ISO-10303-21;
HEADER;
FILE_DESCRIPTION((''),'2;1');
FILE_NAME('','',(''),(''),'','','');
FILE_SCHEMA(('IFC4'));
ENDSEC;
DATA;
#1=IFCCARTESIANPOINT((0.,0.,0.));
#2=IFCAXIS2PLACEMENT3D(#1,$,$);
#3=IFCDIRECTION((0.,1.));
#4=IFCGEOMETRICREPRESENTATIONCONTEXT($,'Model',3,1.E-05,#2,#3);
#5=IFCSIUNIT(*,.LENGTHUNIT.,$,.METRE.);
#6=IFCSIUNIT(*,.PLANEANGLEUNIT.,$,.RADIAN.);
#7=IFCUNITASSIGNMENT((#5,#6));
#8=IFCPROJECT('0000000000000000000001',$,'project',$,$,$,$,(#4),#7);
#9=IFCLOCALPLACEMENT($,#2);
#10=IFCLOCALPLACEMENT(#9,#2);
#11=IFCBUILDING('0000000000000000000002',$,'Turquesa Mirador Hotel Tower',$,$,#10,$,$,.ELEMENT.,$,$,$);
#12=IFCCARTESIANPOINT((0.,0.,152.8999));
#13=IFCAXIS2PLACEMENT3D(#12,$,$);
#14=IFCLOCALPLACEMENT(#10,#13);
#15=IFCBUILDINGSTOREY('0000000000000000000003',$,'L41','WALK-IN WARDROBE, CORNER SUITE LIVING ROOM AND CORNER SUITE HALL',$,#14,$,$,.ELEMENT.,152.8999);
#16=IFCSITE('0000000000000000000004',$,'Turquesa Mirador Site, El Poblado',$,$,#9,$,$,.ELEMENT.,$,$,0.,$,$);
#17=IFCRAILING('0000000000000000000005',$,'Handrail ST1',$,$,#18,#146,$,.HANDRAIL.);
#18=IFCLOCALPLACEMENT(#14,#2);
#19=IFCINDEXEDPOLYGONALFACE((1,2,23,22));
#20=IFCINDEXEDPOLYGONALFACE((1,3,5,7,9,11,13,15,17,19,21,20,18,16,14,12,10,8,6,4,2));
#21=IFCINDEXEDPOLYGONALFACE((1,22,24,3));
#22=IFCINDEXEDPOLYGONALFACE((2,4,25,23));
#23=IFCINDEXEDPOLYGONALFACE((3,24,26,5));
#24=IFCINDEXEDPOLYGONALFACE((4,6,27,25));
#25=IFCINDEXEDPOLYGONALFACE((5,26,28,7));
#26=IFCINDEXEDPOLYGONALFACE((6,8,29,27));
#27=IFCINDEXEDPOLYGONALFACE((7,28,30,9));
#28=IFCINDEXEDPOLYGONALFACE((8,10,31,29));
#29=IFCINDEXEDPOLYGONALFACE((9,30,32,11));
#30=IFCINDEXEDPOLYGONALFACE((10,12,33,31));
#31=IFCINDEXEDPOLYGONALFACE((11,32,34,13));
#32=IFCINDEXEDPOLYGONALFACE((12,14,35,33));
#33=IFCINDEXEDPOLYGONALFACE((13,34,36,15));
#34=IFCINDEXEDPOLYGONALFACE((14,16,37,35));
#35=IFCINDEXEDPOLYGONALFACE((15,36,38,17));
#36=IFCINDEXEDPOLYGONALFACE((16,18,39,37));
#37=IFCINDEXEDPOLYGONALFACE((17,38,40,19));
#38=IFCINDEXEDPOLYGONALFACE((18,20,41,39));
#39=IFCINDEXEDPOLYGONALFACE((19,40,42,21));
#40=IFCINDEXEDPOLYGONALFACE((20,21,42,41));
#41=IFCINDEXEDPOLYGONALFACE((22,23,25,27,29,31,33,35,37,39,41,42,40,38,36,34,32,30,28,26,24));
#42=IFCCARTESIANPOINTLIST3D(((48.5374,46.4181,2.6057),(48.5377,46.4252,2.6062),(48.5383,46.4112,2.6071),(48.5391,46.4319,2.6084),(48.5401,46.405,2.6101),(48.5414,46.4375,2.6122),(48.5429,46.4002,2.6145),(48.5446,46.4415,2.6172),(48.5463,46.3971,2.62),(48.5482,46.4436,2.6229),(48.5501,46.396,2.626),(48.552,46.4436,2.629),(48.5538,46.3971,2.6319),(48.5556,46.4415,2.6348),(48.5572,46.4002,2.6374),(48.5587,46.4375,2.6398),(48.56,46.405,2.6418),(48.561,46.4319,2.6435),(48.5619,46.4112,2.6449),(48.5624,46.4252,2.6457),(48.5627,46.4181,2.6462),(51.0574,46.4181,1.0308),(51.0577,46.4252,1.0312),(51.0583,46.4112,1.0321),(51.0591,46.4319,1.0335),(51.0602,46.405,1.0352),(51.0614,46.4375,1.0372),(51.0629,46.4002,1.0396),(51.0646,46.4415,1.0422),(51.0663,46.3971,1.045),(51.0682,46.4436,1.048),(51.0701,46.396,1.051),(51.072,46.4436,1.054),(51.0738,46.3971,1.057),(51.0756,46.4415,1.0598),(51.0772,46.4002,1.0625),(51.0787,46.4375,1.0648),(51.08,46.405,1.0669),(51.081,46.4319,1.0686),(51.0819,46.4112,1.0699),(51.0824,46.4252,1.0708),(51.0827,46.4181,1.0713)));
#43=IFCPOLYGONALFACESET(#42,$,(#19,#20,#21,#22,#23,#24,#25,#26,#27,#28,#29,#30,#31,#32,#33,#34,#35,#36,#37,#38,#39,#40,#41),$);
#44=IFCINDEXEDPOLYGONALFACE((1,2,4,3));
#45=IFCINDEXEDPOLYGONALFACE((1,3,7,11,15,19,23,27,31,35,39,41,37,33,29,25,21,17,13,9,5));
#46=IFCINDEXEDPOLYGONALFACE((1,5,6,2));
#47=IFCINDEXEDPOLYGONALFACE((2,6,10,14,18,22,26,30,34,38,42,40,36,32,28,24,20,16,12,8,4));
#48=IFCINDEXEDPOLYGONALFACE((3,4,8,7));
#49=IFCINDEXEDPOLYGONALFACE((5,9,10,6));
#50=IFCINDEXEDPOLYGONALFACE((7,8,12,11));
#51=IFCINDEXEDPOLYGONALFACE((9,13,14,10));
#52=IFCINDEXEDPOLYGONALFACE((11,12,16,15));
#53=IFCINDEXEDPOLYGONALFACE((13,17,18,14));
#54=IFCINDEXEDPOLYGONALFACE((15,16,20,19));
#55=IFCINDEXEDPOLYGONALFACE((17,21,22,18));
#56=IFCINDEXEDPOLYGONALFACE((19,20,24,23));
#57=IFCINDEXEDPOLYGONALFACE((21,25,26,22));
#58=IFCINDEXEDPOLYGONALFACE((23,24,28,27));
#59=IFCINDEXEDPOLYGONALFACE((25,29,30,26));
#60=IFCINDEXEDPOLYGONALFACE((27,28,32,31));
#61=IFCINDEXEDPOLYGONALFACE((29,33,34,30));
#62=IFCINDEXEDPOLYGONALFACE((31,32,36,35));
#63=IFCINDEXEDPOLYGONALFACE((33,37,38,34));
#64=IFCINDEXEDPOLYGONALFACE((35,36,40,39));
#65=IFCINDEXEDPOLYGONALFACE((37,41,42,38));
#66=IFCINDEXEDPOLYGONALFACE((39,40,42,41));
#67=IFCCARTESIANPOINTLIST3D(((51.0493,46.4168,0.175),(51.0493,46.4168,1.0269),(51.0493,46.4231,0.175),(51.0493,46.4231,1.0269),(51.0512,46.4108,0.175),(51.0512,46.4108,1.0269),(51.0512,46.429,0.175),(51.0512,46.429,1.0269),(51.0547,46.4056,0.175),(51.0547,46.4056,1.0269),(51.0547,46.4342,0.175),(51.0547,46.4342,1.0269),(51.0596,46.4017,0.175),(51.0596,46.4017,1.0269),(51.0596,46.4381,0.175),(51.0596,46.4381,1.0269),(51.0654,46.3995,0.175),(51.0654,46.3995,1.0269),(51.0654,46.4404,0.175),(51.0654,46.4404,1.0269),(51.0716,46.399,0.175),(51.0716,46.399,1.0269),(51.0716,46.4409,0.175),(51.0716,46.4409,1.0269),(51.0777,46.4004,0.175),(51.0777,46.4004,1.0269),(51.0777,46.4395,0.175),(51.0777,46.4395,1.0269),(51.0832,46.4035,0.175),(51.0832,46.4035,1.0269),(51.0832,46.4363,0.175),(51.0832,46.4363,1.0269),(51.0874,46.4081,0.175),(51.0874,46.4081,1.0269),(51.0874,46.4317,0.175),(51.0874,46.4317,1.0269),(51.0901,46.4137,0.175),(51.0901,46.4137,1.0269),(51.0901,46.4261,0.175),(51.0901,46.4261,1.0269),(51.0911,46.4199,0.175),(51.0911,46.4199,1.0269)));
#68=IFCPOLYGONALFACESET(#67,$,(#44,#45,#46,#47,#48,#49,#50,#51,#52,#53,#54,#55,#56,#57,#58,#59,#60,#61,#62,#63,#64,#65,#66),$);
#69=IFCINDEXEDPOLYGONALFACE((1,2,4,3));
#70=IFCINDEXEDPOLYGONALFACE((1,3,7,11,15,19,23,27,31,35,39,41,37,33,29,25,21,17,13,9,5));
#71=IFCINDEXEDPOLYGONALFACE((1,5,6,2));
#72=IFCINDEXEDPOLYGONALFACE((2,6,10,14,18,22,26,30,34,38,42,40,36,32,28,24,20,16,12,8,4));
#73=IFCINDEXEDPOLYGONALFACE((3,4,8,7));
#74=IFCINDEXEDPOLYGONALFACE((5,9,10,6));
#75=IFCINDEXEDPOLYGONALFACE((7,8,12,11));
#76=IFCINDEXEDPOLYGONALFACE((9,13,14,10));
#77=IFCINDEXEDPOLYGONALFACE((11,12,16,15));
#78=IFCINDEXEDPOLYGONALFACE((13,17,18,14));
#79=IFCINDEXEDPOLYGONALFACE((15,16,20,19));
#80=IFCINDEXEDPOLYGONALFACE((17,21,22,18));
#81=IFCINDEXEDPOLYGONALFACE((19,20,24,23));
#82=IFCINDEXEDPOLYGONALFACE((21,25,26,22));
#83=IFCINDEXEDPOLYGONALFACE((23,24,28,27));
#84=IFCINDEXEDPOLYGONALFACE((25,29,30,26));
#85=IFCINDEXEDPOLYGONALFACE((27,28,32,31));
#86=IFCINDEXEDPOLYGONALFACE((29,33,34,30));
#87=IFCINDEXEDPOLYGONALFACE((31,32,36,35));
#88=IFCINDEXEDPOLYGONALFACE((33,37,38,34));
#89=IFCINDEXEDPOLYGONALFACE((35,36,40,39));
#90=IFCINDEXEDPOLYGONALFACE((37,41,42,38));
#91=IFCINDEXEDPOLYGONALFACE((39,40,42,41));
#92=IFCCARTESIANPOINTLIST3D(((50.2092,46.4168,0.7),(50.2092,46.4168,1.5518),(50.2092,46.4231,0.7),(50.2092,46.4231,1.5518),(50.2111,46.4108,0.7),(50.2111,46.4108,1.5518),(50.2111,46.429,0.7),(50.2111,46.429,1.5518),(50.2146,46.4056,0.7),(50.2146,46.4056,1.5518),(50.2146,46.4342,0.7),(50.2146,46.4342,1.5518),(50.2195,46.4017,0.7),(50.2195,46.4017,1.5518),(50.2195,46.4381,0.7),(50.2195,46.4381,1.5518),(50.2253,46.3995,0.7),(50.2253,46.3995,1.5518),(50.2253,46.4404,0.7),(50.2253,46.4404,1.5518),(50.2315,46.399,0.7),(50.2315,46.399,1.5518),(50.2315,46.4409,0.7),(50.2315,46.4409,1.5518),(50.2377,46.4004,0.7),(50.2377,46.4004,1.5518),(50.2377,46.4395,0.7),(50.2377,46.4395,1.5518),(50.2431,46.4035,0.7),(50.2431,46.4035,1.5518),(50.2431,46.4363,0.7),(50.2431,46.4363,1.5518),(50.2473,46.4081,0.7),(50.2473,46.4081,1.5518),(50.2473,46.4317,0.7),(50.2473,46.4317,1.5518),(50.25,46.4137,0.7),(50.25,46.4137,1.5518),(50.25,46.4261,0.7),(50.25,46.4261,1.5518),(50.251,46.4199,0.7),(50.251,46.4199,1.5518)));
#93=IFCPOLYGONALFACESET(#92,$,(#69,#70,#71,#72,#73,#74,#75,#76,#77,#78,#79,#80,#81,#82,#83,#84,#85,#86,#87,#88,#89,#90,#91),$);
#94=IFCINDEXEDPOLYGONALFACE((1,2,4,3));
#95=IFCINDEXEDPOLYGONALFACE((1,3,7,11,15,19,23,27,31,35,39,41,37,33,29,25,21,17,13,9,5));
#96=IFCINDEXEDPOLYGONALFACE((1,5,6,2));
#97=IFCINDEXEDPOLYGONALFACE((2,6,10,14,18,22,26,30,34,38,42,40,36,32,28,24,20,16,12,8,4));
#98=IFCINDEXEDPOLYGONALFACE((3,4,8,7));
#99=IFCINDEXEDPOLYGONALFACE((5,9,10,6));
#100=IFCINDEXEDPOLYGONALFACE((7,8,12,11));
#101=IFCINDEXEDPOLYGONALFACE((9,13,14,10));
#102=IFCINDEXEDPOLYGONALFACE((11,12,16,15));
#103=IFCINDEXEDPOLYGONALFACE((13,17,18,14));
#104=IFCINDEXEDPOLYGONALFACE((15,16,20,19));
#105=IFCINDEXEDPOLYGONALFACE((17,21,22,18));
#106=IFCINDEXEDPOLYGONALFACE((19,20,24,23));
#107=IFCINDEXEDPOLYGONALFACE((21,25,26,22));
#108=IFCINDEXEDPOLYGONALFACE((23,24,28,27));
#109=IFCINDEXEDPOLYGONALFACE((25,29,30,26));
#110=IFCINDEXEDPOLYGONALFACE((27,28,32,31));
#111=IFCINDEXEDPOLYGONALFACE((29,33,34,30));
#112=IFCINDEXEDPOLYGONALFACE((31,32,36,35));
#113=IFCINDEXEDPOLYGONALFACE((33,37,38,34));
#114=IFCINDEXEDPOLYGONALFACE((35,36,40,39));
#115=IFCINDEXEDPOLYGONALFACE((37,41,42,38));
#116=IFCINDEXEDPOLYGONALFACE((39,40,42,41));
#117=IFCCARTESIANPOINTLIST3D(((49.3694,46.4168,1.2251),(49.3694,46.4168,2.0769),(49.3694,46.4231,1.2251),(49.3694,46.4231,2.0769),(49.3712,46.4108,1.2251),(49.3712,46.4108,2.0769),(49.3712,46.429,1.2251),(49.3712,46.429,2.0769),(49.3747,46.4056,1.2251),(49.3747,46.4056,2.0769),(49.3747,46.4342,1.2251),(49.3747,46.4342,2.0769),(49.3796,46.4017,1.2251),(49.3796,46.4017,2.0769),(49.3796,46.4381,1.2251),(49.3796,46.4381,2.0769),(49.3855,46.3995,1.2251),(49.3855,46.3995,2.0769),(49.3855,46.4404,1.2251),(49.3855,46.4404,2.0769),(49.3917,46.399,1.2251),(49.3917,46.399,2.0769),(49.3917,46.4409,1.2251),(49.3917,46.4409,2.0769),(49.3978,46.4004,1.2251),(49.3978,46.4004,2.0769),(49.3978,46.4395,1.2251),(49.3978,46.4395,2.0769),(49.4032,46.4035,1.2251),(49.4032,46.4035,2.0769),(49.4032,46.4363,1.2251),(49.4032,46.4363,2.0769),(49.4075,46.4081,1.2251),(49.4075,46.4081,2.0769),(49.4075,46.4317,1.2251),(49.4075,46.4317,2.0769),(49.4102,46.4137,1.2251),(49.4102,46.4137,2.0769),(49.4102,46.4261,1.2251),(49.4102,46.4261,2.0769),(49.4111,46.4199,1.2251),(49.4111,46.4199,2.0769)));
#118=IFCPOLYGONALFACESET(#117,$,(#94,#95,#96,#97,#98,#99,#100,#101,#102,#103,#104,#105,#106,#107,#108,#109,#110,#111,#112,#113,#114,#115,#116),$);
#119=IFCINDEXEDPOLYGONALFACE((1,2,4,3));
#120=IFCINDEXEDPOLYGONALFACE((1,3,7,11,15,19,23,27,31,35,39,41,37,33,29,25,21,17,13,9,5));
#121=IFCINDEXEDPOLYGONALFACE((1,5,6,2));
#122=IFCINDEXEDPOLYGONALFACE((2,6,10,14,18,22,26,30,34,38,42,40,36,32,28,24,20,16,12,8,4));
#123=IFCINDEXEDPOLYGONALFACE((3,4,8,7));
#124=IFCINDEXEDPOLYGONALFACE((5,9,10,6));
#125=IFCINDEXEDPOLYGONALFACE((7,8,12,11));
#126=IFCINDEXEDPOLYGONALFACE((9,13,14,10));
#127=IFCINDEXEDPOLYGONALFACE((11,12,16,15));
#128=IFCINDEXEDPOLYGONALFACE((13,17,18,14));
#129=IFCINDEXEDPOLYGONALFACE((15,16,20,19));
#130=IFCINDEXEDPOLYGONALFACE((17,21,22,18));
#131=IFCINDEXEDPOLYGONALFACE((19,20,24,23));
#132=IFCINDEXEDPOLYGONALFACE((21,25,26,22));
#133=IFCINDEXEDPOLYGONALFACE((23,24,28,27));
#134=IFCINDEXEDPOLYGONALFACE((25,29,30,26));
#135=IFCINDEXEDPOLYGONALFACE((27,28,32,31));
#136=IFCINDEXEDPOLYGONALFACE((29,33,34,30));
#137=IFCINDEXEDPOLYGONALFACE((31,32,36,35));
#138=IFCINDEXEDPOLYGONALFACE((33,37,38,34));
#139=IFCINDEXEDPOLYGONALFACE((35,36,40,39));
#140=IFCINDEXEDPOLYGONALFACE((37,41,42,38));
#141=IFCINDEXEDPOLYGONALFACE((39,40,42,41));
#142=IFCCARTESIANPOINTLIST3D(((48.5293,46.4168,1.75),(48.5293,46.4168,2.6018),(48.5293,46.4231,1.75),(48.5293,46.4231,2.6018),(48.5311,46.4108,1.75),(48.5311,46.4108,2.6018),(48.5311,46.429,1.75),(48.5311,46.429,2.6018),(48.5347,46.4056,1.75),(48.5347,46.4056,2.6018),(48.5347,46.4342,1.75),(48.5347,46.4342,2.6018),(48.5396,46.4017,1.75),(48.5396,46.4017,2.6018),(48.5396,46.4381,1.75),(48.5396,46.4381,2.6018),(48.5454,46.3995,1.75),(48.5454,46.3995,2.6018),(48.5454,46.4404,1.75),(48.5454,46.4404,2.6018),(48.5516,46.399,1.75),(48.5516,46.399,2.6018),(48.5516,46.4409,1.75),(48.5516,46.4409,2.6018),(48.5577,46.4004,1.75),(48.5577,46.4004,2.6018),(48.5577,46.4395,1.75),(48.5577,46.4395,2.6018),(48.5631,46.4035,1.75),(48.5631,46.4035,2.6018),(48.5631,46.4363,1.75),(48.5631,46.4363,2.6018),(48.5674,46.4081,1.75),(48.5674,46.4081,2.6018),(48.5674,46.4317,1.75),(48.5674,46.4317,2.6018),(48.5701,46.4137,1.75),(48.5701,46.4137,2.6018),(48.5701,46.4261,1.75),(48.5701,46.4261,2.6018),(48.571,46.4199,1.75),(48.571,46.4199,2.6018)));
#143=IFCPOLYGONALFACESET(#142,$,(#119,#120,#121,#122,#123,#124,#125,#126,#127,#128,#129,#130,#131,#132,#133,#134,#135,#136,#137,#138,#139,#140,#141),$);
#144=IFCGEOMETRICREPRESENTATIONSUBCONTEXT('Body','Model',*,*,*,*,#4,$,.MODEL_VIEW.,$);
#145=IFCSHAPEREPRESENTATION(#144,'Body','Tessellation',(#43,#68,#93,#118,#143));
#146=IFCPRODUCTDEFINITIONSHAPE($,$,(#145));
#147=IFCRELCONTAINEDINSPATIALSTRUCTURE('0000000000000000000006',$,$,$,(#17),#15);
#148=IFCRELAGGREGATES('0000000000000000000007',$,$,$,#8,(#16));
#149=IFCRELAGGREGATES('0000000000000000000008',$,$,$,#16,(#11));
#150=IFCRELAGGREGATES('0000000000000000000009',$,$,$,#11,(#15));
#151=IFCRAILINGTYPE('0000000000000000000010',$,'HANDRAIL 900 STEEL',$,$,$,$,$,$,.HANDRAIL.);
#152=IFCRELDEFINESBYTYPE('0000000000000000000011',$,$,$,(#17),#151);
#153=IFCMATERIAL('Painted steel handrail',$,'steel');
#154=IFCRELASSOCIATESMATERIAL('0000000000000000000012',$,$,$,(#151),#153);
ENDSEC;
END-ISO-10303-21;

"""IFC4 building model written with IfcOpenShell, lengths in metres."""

from ifc_helpers import new_model, si_unit, direction, frame, origin, origin_2d, place, context, subcontext, project, spatial, circle, extrude, material, type_object, element, save


model = new_model("IFC4")

# Units and contexts
model_context = context("Model", 3, precision=1e-05, world=origin(), true_north=direction((0.0, 1.0)))
body_context = subcontext(model_context, "Body", "Model", "MODEL_VIEW")
ifc_project = project(units=[si_unit("LENGTHUNIT", "METRE"), si_unit("PLANEANGLEUNIT", "RADIAN")], contexts=[model_context])

# Site, building, storey
site_placement = place(None, origin())
site = spatial("IfcSite", under=ifc_project, at=site_placement, Name="Turquesa Mirador Site, El Poblado", CompositionType="ELEMENT", RefElevation=0.0)
building_placement = place(site_placement, origin())
building = spatial("IfcBuilding", under=site, at=building_placement, Name="Turquesa Mirador Hotel Tower", CompositionType="ELEMENT")
storey_placement = place(building_placement, frame((0.0, 0.0, 152.8999)))
storey = spatial("IfcBuildingStorey", under=building, at=storey_placement, Name="L41", Description="WALK-IN WARDROBE, CORNER SUITE LIVING ROOM AND CORNER SUITE HALL", CompositionType="ELEMENT", Elevation=152.8999)

# Railing
ifc_material_1 = material(Name="Painted steel handrail", Category="steel")
railing_type = type_object("IfcRailingType", Name="HANDRAIL 900 STEEL", PredefinedType="HANDRAIL", material=ifc_material_1)
railing_1_placement = place(storey_placement, frame((51.0701, 46.4199, 0.175)))
element("IfcRailing", 1, at=railing_1_placement, inside=storey, type_object=railing_type, Name="Handrail ST1", PredefinedType="HANDRAIL", context=body_context, shape_type="SweptSolid", body=[
    extrude(circle(Radius=0.0239, at=origin_2d()), frame((0.0, 0.0, 0.876), z_axis=(-0.848008, 0.0, 0.529984), x_axis=(0.0, -1.0, 0.0)), (0.0, 0.0, 1.0), 2.9717),
    extrude(circle(Radius=0.021, at=origin_2d()), origin(), (0.0, 0.0, 1.0), 0.8518),
    extrude(circle(Radius=0.021, at=origin_2d()), frame((-0.8401, 0.0, 0.5249)), (0.0, 0.0, 1.0), 0.8518),
    extrude(circle(Radius=0.021, at=origin_2d()), frame((-1.6799, 0.0, 1.05)), (0.0, 0.0, 1.0), 0.8518),
    extrude(circle(Radius=0.021, at=origin_2d()), frame((-2.52, 0.0, 1.575)), (0.0, 0.0, 1.0), 0.8518),
])

save(model, "model.ifc")
